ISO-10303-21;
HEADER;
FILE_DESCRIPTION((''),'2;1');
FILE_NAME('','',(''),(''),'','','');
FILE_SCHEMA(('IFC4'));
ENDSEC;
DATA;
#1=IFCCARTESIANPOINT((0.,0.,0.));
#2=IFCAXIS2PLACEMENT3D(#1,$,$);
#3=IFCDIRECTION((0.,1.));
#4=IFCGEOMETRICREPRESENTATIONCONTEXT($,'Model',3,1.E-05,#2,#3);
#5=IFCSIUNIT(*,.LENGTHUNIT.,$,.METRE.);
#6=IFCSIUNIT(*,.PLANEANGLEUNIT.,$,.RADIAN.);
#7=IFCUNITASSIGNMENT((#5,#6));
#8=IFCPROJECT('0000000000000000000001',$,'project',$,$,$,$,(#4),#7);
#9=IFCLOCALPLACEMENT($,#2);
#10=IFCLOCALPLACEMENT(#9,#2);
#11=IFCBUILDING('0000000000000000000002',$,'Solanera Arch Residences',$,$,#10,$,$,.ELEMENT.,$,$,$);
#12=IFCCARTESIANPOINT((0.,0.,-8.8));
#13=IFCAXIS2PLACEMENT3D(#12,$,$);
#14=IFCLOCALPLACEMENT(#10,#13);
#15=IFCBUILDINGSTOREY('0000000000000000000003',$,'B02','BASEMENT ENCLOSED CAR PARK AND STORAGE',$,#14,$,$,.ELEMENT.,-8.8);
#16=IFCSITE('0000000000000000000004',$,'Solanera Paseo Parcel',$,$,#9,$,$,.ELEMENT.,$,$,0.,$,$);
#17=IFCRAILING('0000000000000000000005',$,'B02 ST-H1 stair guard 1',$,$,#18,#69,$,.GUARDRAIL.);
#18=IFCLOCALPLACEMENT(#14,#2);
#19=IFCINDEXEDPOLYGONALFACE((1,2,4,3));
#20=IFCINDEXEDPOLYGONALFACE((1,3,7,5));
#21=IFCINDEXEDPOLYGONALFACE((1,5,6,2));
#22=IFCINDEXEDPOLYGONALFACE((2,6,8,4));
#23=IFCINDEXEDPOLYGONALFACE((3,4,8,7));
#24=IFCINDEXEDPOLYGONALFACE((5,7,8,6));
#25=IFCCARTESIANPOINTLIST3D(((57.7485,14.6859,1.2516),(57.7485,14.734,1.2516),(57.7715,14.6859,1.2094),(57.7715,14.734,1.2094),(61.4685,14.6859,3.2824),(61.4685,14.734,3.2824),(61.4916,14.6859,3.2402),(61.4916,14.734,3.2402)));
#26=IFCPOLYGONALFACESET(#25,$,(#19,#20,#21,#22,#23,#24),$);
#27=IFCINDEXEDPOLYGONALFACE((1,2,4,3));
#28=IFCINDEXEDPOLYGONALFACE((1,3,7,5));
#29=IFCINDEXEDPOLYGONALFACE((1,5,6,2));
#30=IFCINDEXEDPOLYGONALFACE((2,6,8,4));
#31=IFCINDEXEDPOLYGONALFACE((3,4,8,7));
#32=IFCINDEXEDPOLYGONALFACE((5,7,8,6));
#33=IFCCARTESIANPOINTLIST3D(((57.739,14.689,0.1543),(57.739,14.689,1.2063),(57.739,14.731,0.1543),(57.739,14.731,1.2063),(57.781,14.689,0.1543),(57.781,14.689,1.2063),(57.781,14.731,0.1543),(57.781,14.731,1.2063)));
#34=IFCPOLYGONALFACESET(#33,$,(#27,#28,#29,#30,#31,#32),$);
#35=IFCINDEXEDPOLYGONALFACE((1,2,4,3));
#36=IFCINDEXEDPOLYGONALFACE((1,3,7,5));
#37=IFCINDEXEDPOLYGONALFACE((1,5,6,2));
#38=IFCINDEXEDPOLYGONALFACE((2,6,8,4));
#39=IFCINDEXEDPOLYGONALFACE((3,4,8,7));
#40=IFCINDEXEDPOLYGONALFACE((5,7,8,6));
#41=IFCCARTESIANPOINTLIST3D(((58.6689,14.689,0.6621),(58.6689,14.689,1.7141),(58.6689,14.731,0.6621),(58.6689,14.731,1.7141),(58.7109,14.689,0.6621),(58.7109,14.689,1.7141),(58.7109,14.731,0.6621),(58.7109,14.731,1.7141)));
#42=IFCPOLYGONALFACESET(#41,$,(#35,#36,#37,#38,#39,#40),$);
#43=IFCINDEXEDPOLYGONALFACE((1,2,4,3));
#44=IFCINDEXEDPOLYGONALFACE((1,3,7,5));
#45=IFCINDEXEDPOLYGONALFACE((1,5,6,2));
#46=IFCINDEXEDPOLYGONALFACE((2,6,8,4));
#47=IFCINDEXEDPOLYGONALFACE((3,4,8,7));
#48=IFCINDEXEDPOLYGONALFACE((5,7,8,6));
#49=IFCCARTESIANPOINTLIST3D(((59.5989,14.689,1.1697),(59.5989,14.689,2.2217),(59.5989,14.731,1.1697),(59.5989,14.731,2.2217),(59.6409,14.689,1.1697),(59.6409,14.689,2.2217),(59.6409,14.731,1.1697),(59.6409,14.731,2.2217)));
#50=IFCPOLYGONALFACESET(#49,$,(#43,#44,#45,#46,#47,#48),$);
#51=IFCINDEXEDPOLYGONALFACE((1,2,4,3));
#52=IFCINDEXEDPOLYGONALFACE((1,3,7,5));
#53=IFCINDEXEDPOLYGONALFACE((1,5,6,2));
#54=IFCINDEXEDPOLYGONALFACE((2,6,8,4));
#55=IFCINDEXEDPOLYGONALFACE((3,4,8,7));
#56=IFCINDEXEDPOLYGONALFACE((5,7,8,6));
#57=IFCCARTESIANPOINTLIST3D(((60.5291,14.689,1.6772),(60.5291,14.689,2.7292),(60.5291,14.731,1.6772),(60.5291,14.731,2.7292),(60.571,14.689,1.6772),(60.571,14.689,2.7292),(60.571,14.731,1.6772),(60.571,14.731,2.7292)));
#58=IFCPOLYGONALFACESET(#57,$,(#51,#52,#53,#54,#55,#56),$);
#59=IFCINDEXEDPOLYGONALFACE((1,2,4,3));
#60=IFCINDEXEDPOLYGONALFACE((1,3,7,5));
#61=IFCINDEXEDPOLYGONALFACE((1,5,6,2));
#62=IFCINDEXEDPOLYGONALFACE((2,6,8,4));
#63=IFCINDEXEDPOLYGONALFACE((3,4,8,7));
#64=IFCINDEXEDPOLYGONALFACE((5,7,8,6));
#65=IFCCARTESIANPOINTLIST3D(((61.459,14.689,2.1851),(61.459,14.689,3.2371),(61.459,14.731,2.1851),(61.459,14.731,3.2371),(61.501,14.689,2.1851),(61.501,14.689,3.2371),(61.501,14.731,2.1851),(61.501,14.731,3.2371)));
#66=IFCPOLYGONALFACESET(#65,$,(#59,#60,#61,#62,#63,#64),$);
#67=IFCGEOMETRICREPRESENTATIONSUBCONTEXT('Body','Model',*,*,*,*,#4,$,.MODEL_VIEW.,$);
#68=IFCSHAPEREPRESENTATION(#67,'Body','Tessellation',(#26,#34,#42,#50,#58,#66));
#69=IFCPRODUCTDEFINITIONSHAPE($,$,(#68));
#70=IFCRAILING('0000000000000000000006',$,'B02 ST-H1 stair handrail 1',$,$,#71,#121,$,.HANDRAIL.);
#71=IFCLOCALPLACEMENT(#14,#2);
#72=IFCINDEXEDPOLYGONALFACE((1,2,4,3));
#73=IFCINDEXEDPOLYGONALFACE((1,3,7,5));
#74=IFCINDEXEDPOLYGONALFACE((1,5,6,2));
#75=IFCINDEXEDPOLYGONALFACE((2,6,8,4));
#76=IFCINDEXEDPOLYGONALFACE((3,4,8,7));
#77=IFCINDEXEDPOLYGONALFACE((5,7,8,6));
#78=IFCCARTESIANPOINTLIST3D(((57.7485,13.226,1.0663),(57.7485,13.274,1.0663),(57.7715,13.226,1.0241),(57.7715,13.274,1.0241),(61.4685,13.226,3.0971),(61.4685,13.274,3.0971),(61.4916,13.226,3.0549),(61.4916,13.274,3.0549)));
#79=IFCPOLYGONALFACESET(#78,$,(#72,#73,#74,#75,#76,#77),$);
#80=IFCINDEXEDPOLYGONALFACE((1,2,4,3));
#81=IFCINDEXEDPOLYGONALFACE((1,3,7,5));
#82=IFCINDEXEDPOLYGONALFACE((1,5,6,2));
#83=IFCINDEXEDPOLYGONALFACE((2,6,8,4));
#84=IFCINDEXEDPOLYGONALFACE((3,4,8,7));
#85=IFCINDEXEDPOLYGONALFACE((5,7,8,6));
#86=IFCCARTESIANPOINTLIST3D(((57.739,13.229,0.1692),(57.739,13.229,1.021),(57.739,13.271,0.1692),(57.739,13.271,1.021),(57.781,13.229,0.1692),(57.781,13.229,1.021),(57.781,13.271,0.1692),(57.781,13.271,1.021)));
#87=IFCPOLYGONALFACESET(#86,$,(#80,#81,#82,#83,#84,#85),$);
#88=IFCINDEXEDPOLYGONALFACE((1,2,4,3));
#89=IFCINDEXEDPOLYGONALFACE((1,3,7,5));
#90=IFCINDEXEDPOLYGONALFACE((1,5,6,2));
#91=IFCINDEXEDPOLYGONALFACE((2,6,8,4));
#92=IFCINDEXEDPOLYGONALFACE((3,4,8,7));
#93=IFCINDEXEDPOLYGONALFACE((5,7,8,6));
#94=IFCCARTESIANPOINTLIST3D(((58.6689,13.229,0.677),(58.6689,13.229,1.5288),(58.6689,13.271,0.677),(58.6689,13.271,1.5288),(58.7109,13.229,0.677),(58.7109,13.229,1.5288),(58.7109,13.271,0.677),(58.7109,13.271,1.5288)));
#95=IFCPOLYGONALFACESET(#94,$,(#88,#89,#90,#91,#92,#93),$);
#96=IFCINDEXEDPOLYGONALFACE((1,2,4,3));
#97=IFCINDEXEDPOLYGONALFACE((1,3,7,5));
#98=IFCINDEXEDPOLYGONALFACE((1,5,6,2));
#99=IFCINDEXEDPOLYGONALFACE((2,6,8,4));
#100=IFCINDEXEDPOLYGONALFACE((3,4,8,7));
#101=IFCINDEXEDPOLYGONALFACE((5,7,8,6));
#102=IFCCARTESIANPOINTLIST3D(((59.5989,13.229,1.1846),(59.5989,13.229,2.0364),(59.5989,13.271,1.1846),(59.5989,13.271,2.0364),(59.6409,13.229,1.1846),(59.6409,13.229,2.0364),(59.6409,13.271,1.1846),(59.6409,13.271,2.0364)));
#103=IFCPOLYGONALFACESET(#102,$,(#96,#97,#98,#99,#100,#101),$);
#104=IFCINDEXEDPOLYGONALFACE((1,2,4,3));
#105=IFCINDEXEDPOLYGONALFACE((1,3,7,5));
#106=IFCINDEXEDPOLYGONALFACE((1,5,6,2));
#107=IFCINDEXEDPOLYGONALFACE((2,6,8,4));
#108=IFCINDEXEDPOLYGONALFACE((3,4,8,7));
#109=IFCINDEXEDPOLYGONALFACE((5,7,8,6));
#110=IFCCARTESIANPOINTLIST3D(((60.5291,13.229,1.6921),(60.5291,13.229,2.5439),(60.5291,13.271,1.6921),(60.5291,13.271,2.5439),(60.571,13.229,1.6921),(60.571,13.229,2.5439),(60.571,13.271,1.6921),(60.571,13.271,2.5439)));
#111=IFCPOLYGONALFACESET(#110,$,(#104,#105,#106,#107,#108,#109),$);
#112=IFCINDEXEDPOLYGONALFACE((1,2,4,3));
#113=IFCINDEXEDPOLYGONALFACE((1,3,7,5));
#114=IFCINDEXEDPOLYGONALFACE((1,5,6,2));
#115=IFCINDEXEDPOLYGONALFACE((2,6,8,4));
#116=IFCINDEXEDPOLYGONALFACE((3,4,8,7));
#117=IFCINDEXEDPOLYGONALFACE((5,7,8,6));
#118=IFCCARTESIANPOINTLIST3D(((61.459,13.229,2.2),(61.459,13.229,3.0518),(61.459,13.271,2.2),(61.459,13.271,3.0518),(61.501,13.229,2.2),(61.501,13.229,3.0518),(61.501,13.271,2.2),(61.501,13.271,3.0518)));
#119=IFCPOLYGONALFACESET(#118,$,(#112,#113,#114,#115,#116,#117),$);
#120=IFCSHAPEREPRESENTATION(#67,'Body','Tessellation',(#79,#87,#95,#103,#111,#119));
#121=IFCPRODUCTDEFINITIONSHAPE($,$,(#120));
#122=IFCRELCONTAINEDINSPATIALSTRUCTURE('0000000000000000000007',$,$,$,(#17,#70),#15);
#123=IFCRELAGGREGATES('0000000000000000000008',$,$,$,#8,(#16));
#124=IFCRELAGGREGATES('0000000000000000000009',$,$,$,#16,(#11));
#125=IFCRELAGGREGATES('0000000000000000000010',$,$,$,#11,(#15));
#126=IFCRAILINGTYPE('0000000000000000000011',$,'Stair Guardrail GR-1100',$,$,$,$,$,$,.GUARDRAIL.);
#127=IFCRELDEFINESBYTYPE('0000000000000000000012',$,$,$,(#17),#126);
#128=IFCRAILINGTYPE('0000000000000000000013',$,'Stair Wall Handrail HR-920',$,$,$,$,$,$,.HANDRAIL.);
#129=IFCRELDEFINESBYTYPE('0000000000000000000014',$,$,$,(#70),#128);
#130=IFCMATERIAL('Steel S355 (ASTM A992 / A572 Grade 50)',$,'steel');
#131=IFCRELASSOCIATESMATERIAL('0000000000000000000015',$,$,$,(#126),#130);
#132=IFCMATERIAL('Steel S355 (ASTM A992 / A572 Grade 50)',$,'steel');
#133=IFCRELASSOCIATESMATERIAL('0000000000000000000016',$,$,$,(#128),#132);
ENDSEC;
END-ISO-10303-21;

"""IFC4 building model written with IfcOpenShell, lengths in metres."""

from ifc_helpers import new_model, si_unit, direction, frame, origin, origin_2d, place, context, subcontext, project, spatial, rectangle, extrude, material, type_object, element, save


model = new_model("IFC4")

# Units and contexts
model_context = context("Model", 3, precision=1e-05, world=origin(), true_north=direction((0.0, 1.0)))
body_context = subcontext(model_context, "Body", "Model", "MODEL_VIEW")
ifc_project = project(units=[si_unit("LENGTHUNIT", "METRE"), si_unit("PLANEANGLEUNIT", "RADIAN")], contexts=[model_context])

# Site, building, storey
site_placement = place(None, origin())
site = spatial("IfcSite", under=ifc_project, at=site_placement, Name="Solanera Paseo Parcel", CompositionType="ELEMENT", RefElevation=0.0)
building_placement = place(site_placement, origin())
building = spatial("IfcBuilding", under=site, at=building_placement, Name="Solanera Arch Residences", CompositionType="ELEMENT")
storey_placement = place(building_placement, frame((0.0, 0.0, -8.8)))
storey = spatial("IfcBuildingStorey", under=building, at=storey_placement, Name="B02", Description="BASEMENT ENCLOSED CAR PARK AND STORAGE", CompositionType="ELEMENT", Elevation=-8.8)

# Railings
ifc_material_1 = material(Name="Steel S355 (ASTM A992 / A572 Grade 50)", Category="steel")
railing_type_1 = type_object("IfcRailingType", Name="Stair Guardrail GR-1100", PredefinedType="GUARDRAIL", material=ifc_material_1)
railing_1_placement = place(storey_placement, frame((57.76, 14.71, 0.1543)))
element("IfcRailing", 1, at=railing_1_placement, inside=storey, type_object=railing_type_1, Name="B02 ST-H1 stair guard 1", PredefinedType="GUARDRAIL", context=body_context, shape_type="SweptSolid", body=[
    extrude(rectangle(XDim=0.0481, YDim=0.0481, at=origin_2d()), frame((0.0, 0.0, 1.0762), z_axis=(0.877728, 0.0, 0.479159), x_axis=(0.0, 1.0, 0.0)), (0.0, 0.0, 1.0), 4.2383),
    extrude(rectangle(XDim=0.042, YDim=0.042, at=origin_2d()), origin(), (0.0, 0.0, 1.0), 1.052),
    extrude(rectangle(XDim=0.042, YDim=0.042, at=origin_2d()), frame((0.9299, 0.0, 0.5078)), (0.0, 0.0, 1.0), 1.052),
    extrude(rectangle(XDim=0.042, YDim=0.042, at=origin_2d()), frame((1.8599, 0.0, 1.0154)), (0.0, 0.0, 1.0), 1.052),
    extrude(rectangle(XDim=0.042, YDim=0.042, at=origin_2d()), frame((2.79, 0.0, 1.5229)), (0.0, 0.0, 1.0), 1.052),
    extrude(rectangle(XDim=0.042, YDim=0.042, at=origin_2d()), frame((3.72, 0.0, 2.0308)), (0.0, 0.0, 1.0), 1.052),
])
ifc_material_2 = material(Name="Steel S355 (ASTM A992 / A572 Grade 50)", Category="steel")
railing_type_2 = type_object("IfcRailingType", Name="Stair Wall Handrail HR-920", PredefinedType="HANDRAIL", material=ifc_material_2)
railing_2_placement = place(storey_placement, frame((57.76, 13.25, 0.1692)))
element("IfcRailing", 2, at=railing_2_placement, inside=storey, type_object=railing_type_2, Name="B02 ST-H1 stair handrail 1", PredefinedType="HANDRAIL", context=body_context, shape_type="SweptSolid", body=[
    extrude(rectangle(XDim=0.0481, YDim=0.0481, at=origin_2d()), frame((0.0, 0.0, 0.876), z_axis=(0.877728, 0.0, 0.479159), x_axis=(0.0, 1.0, 0.0)), (0.0, 0.0, 1.0), 4.2383),
    extrude(rectangle(XDim=0.042, YDim=0.042, at=origin_2d()), origin(), (0.0, 0.0, 1.0), 0.8518),
    extrude(rectangle(XDim=0.042, YDim=0.042, at=origin_2d()), frame((0.9299, 0.0, 0.5078)), (0.0, 0.0, 1.0), 0.8518),
    extrude(rectangle(XDim=0.042, YDim=0.042, at=origin_2d()), frame((1.8599, 0.0, 1.0154)), (0.0, 0.0, 1.0), 0.8518),
    extrude(rectangle(XDim=0.042, YDim=0.042, at=origin_2d()), frame((2.79, 0.0, 1.5229)), (0.0, 0.0, 1.0), 0.8518),
    extrude(rectangle(XDim=0.042, YDim=0.042, at=origin_2d()), frame((3.72, 0.0, 2.0308)), (0.0, 0.0, 1.0), 0.8518),
])

save(model, "model.ifc")
